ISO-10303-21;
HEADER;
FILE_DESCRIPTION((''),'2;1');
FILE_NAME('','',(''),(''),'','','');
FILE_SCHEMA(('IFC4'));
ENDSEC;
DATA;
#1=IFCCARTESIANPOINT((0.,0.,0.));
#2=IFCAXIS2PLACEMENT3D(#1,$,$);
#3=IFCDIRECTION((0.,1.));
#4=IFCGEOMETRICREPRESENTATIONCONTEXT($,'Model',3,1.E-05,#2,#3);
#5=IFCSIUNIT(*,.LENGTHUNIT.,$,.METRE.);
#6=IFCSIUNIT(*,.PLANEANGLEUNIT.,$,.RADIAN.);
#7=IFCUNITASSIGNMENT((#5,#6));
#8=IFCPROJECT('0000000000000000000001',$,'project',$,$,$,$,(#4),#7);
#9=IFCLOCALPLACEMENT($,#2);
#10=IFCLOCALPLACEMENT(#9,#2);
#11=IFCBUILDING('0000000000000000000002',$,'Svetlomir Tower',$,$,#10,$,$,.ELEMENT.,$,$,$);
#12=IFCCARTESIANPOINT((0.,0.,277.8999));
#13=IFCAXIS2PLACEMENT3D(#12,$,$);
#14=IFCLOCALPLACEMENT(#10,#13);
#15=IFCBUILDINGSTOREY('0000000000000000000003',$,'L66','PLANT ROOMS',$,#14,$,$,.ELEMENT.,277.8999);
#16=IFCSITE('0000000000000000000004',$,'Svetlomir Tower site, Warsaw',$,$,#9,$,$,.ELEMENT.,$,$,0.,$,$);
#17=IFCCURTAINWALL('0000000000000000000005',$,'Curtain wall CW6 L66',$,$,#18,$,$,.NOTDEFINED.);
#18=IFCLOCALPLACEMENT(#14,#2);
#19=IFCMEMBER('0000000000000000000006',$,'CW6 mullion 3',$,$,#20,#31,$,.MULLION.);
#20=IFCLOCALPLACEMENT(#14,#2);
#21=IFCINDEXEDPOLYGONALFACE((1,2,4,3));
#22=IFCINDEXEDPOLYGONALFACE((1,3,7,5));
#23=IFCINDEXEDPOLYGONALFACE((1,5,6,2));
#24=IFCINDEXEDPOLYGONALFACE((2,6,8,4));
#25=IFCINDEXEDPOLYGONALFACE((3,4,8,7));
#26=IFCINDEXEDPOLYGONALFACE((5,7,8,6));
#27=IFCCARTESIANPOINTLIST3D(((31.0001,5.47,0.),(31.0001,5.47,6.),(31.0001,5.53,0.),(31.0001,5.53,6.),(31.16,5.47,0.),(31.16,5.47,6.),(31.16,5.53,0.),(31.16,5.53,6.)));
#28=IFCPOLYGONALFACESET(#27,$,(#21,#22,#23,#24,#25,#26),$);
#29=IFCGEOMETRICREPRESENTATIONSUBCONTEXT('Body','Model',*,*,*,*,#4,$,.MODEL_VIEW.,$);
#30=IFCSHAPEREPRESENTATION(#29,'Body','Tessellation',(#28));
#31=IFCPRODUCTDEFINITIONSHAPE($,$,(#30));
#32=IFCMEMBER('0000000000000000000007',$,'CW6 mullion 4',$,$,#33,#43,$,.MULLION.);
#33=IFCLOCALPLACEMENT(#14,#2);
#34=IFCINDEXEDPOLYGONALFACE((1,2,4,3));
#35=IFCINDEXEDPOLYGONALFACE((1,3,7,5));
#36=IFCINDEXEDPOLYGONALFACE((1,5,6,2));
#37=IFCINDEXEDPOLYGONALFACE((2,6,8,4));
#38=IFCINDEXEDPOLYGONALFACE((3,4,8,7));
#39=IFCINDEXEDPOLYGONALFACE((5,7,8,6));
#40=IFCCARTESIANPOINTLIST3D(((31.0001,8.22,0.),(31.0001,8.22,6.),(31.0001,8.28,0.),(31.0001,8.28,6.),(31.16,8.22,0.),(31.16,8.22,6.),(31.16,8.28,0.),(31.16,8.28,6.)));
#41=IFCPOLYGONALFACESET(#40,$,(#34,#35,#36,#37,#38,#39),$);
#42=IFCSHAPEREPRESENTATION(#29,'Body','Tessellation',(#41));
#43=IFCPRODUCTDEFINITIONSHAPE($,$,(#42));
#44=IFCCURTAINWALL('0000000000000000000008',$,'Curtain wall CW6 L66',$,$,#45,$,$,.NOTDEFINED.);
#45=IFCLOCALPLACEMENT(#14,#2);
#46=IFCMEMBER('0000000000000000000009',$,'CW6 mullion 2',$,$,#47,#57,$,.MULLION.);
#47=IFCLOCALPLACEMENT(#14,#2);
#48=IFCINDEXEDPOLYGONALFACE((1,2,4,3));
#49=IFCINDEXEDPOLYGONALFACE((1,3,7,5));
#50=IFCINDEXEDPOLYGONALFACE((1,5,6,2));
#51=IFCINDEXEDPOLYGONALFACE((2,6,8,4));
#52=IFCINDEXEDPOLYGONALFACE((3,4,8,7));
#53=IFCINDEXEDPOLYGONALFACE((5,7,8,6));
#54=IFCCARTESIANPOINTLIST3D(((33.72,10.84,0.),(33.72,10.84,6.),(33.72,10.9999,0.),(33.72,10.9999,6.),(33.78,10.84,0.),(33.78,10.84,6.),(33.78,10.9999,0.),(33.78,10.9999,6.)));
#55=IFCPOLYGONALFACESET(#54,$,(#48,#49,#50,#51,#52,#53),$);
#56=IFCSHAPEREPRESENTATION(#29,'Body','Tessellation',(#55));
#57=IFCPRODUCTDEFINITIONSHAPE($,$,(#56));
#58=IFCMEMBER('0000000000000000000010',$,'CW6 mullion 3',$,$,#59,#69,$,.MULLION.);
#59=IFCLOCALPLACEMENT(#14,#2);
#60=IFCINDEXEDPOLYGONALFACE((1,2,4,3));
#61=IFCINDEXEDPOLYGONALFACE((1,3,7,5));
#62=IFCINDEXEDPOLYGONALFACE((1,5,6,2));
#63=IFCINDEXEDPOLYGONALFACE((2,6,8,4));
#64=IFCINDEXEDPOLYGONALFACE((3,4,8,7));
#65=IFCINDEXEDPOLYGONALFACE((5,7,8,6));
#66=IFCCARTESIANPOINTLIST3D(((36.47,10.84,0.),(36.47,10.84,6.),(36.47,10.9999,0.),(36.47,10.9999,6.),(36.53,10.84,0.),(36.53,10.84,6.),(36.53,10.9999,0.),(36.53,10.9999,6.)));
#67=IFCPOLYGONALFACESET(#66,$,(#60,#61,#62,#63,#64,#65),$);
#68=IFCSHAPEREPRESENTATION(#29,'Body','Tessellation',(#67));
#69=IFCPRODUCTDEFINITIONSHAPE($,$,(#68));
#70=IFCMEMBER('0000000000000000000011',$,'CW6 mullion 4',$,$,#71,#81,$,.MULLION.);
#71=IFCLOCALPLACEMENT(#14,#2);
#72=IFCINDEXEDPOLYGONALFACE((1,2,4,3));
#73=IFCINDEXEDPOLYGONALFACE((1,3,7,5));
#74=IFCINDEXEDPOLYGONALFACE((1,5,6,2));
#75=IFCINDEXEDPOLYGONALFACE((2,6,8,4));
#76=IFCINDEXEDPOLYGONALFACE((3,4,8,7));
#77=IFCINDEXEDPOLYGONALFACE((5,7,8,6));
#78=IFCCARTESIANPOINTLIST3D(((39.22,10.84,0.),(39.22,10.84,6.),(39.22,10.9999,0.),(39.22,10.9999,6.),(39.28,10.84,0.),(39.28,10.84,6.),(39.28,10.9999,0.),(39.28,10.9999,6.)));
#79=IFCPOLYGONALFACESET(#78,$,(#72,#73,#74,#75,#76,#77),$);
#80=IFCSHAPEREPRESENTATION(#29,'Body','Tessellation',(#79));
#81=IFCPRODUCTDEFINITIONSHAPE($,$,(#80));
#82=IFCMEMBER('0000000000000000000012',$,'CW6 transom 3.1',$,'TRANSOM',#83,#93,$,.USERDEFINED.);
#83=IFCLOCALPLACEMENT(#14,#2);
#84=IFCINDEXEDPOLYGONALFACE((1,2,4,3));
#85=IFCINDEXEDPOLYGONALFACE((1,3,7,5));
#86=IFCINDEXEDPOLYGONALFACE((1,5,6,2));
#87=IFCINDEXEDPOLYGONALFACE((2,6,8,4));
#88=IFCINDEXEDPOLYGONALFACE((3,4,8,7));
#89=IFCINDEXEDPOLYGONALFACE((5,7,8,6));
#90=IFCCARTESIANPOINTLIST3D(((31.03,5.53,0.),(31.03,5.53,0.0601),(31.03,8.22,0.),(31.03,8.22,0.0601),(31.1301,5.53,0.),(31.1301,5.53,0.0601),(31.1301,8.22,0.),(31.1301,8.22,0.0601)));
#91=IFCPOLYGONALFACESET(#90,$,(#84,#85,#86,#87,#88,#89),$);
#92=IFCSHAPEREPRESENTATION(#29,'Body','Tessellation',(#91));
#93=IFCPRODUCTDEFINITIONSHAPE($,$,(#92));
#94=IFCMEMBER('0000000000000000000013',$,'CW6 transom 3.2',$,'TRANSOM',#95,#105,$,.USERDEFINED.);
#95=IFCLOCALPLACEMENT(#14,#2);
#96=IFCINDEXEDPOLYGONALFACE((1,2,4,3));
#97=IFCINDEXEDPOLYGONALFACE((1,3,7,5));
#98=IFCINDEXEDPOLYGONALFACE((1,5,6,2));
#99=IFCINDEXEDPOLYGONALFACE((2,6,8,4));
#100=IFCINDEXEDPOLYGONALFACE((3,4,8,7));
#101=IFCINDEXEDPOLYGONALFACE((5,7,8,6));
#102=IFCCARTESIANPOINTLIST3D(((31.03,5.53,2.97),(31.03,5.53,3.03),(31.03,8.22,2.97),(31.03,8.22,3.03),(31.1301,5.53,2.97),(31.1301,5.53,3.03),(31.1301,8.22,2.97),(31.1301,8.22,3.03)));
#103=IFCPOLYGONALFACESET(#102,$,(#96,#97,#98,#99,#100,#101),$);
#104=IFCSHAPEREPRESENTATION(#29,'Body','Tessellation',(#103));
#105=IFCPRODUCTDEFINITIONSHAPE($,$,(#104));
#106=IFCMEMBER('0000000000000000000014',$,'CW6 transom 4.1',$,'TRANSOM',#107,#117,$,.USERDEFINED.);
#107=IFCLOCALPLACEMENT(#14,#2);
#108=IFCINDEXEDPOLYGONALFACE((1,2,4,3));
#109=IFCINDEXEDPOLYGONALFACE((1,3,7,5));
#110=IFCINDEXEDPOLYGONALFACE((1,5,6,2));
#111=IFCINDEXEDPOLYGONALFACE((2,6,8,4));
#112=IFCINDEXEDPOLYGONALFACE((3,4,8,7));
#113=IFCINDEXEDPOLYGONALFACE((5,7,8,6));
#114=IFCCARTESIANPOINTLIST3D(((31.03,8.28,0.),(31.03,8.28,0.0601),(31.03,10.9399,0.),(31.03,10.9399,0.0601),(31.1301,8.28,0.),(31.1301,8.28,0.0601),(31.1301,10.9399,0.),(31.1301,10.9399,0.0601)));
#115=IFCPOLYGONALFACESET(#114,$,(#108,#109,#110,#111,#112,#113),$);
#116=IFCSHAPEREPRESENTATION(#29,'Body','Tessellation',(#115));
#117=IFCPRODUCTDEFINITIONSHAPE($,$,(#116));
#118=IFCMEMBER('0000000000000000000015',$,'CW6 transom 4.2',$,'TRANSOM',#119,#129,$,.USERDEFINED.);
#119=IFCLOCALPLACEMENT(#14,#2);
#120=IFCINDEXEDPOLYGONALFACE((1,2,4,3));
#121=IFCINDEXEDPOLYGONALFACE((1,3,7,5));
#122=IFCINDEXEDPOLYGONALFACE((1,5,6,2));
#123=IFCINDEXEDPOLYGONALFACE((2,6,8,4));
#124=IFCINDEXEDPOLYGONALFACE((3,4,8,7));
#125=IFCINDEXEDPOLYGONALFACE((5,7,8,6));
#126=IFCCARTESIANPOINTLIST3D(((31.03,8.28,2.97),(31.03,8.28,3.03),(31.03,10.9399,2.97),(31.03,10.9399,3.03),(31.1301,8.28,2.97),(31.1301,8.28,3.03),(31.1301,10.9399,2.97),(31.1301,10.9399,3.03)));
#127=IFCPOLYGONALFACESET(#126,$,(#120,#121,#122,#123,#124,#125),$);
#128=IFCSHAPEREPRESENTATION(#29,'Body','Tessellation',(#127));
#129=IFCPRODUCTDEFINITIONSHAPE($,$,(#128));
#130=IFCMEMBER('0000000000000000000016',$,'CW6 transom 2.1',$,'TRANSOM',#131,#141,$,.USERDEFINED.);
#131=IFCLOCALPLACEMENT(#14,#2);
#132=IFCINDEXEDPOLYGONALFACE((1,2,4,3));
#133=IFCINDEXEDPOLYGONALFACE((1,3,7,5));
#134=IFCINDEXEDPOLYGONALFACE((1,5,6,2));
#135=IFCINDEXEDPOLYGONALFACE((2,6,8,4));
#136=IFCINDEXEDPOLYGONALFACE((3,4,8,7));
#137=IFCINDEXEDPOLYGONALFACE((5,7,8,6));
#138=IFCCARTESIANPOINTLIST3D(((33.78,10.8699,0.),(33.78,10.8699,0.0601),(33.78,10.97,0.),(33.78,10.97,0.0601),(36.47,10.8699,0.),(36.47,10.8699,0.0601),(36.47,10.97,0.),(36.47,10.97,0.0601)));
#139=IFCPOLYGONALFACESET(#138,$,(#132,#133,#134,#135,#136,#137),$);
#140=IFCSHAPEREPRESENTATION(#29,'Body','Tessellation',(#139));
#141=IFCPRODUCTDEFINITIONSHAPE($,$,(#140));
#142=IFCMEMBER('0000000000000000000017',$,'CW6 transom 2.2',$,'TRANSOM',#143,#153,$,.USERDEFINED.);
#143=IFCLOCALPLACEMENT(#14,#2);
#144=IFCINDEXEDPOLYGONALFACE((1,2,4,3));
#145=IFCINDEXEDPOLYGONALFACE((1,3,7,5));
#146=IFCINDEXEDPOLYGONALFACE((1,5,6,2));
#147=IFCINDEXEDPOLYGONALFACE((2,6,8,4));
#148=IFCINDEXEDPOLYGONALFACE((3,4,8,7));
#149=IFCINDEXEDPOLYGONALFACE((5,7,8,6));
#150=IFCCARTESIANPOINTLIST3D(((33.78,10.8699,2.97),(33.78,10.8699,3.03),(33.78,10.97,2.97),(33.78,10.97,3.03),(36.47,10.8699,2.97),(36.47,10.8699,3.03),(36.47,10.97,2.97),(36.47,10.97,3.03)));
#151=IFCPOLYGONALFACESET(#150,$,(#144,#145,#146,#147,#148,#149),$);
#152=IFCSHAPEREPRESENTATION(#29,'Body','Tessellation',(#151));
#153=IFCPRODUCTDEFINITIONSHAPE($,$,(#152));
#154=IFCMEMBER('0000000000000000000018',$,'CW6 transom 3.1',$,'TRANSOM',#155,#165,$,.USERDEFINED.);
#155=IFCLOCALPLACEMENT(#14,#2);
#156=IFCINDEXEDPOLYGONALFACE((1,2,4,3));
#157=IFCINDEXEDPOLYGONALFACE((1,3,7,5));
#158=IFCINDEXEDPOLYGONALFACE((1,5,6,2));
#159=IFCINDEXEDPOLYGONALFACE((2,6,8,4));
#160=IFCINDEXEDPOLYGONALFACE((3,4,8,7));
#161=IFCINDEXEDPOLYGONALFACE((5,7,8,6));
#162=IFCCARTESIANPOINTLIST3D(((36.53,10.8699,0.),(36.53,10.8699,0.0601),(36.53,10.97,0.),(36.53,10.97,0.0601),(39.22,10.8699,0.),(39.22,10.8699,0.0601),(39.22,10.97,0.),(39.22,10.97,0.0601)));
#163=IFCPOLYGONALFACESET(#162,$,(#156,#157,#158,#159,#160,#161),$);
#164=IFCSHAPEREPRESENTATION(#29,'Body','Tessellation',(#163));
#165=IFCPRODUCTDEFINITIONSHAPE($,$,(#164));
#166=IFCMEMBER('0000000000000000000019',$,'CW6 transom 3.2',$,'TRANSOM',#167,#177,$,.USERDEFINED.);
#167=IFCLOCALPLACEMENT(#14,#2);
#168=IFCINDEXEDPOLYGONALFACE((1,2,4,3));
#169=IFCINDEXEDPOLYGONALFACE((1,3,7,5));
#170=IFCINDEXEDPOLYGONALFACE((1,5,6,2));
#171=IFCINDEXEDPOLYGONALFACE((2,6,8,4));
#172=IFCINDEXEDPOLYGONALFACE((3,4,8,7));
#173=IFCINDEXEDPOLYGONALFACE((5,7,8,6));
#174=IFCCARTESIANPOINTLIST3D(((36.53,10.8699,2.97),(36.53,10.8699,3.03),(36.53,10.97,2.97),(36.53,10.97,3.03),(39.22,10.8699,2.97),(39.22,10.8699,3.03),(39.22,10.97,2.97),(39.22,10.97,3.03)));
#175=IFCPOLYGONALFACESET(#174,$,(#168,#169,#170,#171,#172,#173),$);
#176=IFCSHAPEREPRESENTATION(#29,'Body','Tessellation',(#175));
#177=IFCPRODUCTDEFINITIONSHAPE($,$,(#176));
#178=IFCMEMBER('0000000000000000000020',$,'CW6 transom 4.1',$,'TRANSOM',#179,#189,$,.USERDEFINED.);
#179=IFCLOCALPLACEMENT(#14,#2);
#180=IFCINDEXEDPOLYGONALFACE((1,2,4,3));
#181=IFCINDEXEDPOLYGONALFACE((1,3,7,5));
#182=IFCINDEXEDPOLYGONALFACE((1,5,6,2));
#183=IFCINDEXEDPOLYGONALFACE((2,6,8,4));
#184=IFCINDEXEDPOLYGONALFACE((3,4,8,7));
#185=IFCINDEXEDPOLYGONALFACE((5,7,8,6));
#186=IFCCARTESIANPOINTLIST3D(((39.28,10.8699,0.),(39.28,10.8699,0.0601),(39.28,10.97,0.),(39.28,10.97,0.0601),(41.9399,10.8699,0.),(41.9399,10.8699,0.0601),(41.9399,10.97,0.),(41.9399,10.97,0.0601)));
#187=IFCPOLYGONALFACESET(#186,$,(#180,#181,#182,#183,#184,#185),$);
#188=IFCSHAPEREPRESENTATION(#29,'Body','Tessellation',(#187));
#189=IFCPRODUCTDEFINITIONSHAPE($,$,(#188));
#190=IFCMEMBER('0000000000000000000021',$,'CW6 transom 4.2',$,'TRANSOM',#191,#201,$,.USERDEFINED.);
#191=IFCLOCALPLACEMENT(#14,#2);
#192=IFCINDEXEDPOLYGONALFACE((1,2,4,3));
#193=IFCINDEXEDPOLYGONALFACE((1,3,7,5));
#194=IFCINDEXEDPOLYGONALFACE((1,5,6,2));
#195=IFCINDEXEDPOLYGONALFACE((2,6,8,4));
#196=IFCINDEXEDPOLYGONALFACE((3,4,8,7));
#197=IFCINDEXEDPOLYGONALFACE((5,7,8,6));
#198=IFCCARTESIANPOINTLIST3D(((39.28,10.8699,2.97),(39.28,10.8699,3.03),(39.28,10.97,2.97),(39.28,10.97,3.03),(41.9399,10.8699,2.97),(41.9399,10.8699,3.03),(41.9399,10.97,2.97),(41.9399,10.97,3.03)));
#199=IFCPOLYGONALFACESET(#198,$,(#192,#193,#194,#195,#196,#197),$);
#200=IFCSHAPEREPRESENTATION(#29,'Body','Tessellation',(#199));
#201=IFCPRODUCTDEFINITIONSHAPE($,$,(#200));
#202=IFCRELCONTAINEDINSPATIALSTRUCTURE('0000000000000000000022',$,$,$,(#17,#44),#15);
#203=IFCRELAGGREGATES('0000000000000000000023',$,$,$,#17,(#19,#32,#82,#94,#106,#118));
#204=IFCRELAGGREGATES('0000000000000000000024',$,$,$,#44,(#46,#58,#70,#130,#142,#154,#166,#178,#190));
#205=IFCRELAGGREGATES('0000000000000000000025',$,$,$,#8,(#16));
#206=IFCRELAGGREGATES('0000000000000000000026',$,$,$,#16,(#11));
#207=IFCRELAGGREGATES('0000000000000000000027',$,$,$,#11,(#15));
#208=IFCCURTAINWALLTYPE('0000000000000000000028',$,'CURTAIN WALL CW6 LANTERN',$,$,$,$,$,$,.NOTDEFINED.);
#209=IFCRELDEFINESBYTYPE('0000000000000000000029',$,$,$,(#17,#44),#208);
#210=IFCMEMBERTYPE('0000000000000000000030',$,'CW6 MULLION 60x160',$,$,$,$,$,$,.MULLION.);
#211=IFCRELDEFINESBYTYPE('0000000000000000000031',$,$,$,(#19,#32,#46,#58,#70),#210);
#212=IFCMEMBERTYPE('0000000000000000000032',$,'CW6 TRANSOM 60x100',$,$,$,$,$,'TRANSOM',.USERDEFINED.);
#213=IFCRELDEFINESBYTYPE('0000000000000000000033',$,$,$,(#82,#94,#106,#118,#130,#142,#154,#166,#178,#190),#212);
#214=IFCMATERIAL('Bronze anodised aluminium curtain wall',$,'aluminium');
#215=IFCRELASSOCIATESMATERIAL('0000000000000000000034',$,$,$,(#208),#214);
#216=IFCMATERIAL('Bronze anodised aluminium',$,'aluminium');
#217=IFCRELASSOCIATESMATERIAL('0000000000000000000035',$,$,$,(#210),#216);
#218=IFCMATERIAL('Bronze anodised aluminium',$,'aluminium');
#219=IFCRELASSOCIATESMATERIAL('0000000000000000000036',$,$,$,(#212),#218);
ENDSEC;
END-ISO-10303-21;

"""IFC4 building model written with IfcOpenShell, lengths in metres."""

from ifc_helpers import new_model, si_unit, direction, frame, origin, origin_2d, place, context, subcontext, project, spatial, rectangle, extrude, material, material_profile, profile_set, type_object, element, aggregate, save


model = new_model("IFC4")

# Units and contexts
model_context = context("Model", 3, precision=1e-05, world=origin(), true_north=direction((0.0, 1.0)))
body_context = subcontext(model_context, "Body", "Model", "MODEL_VIEW")
ifc_project = project(units=[si_unit("LENGTHUNIT", "METRE"), si_unit("PLANEANGLEUNIT", "RADIAN")], contexts=[model_context])

# Site, building, storey
site_placement = place(None, origin())
site = spatial("IfcSite", under=ifc_project, at=site_placement, Name="Svetlomir Tower site, Warsaw", CompositionType="ELEMENT", RefElevation=0.0)
building_placement = place(site_placement, origin())
building = spatial("IfcBuilding", under=site, at=building_placement, Name="Svetlomir Tower", CompositionType="ELEMENT")
storey_placement = place(building_placement, frame((0.0, 0.0, 277.8999)))
storey = spatial("IfcBuildingStorey", under=building, at=storey_placement, Name="L66", Description="PLANT ROOMS", CompositionType="ELEMENT", Elevation=277.8999)

# Curtain walls, members
ifc_material_1 = material(Name="Bronze anodised aluminium curtain wall", Category="aluminium")
curtain_wall_type = type_object("IfcCurtainWallType", Name="CURTAIN WALL CW6 LANTERN", PredefinedType="NOTDEFINED", material=ifc_material_1)
curtain_wall_1_placement = place(storey_placement, origin())
curtain_wall_1 = element("IfcCurtainWall", 1, at=curtain_wall_1_placement, inside=storey, type_object=curtain_wall_type, Name="Curtain wall CW6 L66", PredefinedType="NOTDEFINED")
ifc_material_2 = material(Name="Bronze anodised aluminium", Category="aluminium")
ifc_material_profile_1 = material_profile(ifc_material_2, rectangle(XDim=0.0601, YDim=0.1599, at=origin_2d()), Name="AL 60x160")
ifc_profile_set_1 = profile_set([ifc_material_profile_1], Name="Bronze anodised aluminium 6063-T6")
member_type_1 = type_object("IfcMemberType", Name="CW6 MULLION 60x160", PredefinedType="MULLION", material=ifc_profile_set_1)
member_1_placement = place(storey_placement, frame((31.0801, 5.5, 0.0), z_axis=(0.0, 0.0, 1.0), x_axis=(0.0, 1.0, 0.0)))
member_1 = element("IfcMember", 2, at=member_1_placement, type_object=member_type_1, Name="CW6 mullion 3", PredefinedType="MULLION", context=body_context, shape_type="SweptSolid", body=[
    extrude(rectangle(XDim=0.0601, YDim=0.1599, at=origin_2d()), origin(), (0.0, 0.0, 1.0), 6.0),
])
member_2_placement = place(storey_placement, frame((31.0801, 8.25, 0.0), z_axis=(0.0, 0.0, 1.0), x_axis=(0.0, 1.0, 0.0)))
member_2 = element("IfcMember", 3, at=member_2_placement, type_object=member_type_1, Name="CW6 mullion 4", PredefinedType="MULLION", context=body_context, shape_type="SweptSolid", body=[
    extrude(rectangle(XDim=0.0601, YDim=0.1599, at=origin_2d()), origin(), (0.0, 0.0, 1.0), 6.0),
])
curtain_wall_2_placement = place(storey_placement, origin())
curtain_wall_2 = element("IfcCurtainWall", 4, at=curtain_wall_2_placement, inside=storey, type_object=curtain_wall_type, Name="Curtain wall CW6 L66", PredefinedType="NOTDEFINED")
member_3_placement = place(storey_placement, frame((33.75, 10.9199, 0.0), z_axis=(0.0, 0.0, 1.0), x_axis=(1.0, 0.0, 0.0)))
member_3 = element("IfcMember", 5, at=member_3_placement, type_object=member_type_1, Name="CW6 mullion 2", PredefinedType="MULLION", context=body_context, shape_type="SweptSolid", body=[
    extrude(rectangle(XDim=0.0601, YDim=0.1599, at=origin_2d()), origin(), (0.0, 0.0, 1.0), 6.0),
])
member_4_placement = place(storey_placement, frame((36.5, 10.9199, 0.0), z_axis=(0.0, 0.0, 1.0), x_axis=(1.0, 0.0, 0.0)))
member_4 = element("IfcMember", 6, at=member_4_placement, type_object=member_type_1, Name="CW6 mullion 3", PredefinedType="MULLION", context=body_context, shape_type="SweptSolid", body=[
    extrude(rectangle(XDim=0.0601, YDim=0.1599, at=origin_2d()), origin(), (0.0, 0.0, 1.0), 6.0),
])
member_5_placement = place(storey_placement, frame((39.25, 10.9199, 0.0), z_axis=(0.0, 0.0, 1.0), x_axis=(1.0, 0.0, 0.0)))
member_5 = element("IfcMember", 7, at=member_5_placement, type_object=member_type_1, Name="CW6 mullion 4", PredefinedType="MULLION", context=body_context, shape_type="SweptSolid", body=[
    extrude(rectangle(XDim=0.0601, YDim=0.1599, at=origin_2d()), origin(), (0.0, 0.0, 1.0), 6.0),
])

# Members
ifc_material_3 = material(Name="Bronze anodised aluminium", Category="aluminium")
ifc_material_profile_2 = material_profile(ifc_material_3, rectangle(XDim=0.1001, YDim=0.0601, at=origin_2d()), Name="AL 100x60")
ifc_profile_set_2 = profile_set([ifc_material_profile_2], Name="Bronze anodised aluminium 6063-T6")
member_type_2 = type_object("IfcMemberType", Name="CW6 TRANSOM 60x100", ElementType="TRANSOM", PredefinedType="USERDEFINED", material=ifc_profile_set_2)
member_6_placement = place(storey_placement, frame((31.0801, 5.53, 0.03), z_axis=(0.0, 1.0, 0.0), x_axis=(-1.0, 0.0, 0.0)))
member_6 = element("IfcMember", 8, at=member_6_placement, type_object=member_type_2, Name="CW6 transom 3.1", ObjectType="TRANSOM", PredefinedType="USERDEFINED", context=body_context, shape_type="SweptSolid", body=[
    extrude(rectangle(XDim=0.1001, YDim=0.0601, at=origin_2d()), origin(), (0.0, 0.0, 1.0), 2.6899),
])
member_7_placement = place(storey_placement, frame((31.0801, 5.53, 3.0), z_axis=(0.0, 1.0, 0.0), x_axis=(-1.0, 0.0, 0.0)))
member_7 = element("IfcMember", 9, at=member_7_placement, type_object=member_type_2, Name="CW6 transom 3.2", ObjectType="TRANSOM", PredefinedType="USERDEFINED", context=body_context, shape_type="SweptSolid", body=[
    extrude(rectangle(XDim=0.1001, YDim=0.0601, at=origin_2d()), origin(), (0.0, 0.0, 1.0), 2.6899),
])
member_8_placement = place(storey_placement, frame((31.0801, 8.28, 0.03), z_axis=(0.0, 1.0, 0.0), x_axis=(-1.0, 0.0, 0.0)))
member_8 = element("IfcMember", 10, at=member_8_placement, type_object=member_type_2, Name="CW6 transom 4.1", ObjectType="TRANSOM", PredefinedType="USERDEFINED", context=body_context, shape_type="SweptSolid", body=[
    extrude(rectangle(XDim=0.1001, YDim=0.0601, at=origin_2d()), origin(), (0.0, 0.0, 1.0), 2.6599),
])
member_9_placement = place(storey_placement, frame((31.0801, 8.28, 3.0), z_axis=(0.0, 1.0, 0.0), x_axis=(-1.0, 0.0, 0.0)))
member_9 = element("IfcMember", 11, at=member_9_placement, type_object=member_type_2, Name="CW6 transom 4.2", ObjectType="TRANSOM", PredefinedType="USERDEFINED", context=body_context, shape_type="SweptSolid", body=[
    extrude(rectangle(XDim=0.1001, YDim=0.0601, at=origin_2d()), origin(), (0.0, 0.0, 1.0), 2.6599),
])
member_10_placement = place(storey_placement, frame((33.78, 10.9199, 0.03), z_axis=(1.0, 0.0, 0.0), x_axis=(0.0, 1.0, 0.0)))
member_10 = element("IfcMember", 12, at=member_10_placement, type_object=member_type_2, Name="CW6 transom 2.1", ObjectType="TRANSOM", PredefinedType="USERDEFINED", context=body_context, shape_type="SweptSolid", body=[
    extrude(rectangle(XDim=0.1001, YDim=0.0601, at=origin_2d()), origin(), (0.0, 0.0, 1.0), 2.6899),
])
member_11_placement = place(storey_placement, frame((33.78, 10.9199, 3.0), z_axis=(1.0, 0.0, 0.0), x_axis=(0.0, 1.0, 0.0)))
member_11 = element("IfcMember", 13, at=member_11_placement, type_object=member_type_2, Name="CW6 transom 2.2", ObjectType="TRANSOM", PredefinedType="USERDEFINED", context=body_context, shape_type="SweptSolid", body=[
    extrude(rectangle(XDim=0.1001, YDim=0.0601, at=origin_2d()), origin(), (0.0, 0.0, 1.0), 2.6899),
])
member_12_placement = place(storey_placement, frame((36.53, 10.9199, 0.03), z_axis=(1.0, 0.0, 0.0), x_axis=(0.0, 1.0, 0.0)))
member_12 = element("IfcMember", 14, at=member_12_placement, type_object=member_type_2, Name="CW6 transom 3.1", ObjectType="TRANSOM", PredefinedType="USERDEFINED", context=body_context, shape_type="SweptSolid", body=[
    extrude(rectangle(XDim=0.1001, YDim=0.0601, at=origin_2d()), origin(), (0.0, 0.0, 1.0), 2.6899),
])
member_13_placement = place(storey_placement, frame((36.53, 10.9199, 3.0), z_axis=(1.0, 0.0, 0.0), x_axis=(0.0, 1.0, 0.0)))
member_13 = element("IfcMember", 15, at=member_13_placement, type_object=member_type_2, Name="CW6 transom 3.2", ObjectType="TRANSOM", PredefinedType="USERDEFINED", context=body_context, shape_type="SweptSolid", body=[
    extrude(rectangle(XDim=0.1001, YDim=0.0601, at=origin_2d()), origin(), (0.0, 0.0, 1.0), 2.6899),
])
member_14_placement = place(storey_placement, frame((39.28, 10.9199, 0.03), z_axis=(1.0, 0.0, 0.0), x_axis=(0.0, 1.0, 0.0)))
member_14 = element("IfcMember", 16, at=member_14_placement, type_object=member_type_2, Name="CW6 transom 4.1", ObjectType="TRANSOM", PredefinedType="USERDEFINED", context=body_context, shape_type="SweptSolid", body=[
    extrude(rectangle(XDim=0.1001, YDim=0.0601, at=origin_2d()), origin(), (0.0, 0.0, 1.0), 2.6599),
])
member_15_placement = place(storey_placement, frame((39.28, 10.9199, 3.0), z_axis=(1.0, 0.0, 0.0), x_axis=(0.0, 1.0, 0.0)))
member_15 = element("IfcMember", 17, at=member_15_placement, type_object=member_type_2, Name="CW6 transom 4.2", ObjectType="TRANSOM", PredefinedType="USERDEFINED", context=body_context, shape_type="SweptSolid", body=[
    extrude(rectangle(XDim=0.1001, YDim=0.0601, at=origin_2d()), origin(), (0.0, 0.0, 1.0), 2.6599),
])

aggregate(curtain_wall_1, [member_1, member_2, member_6, member_7, member_8, member_9])
aggregate(curtain_wall_2, [member_3, member_4, member_5, member_10, member_11, member_12, member_13, member_14, member_15])

save(model, "model.ifc")
